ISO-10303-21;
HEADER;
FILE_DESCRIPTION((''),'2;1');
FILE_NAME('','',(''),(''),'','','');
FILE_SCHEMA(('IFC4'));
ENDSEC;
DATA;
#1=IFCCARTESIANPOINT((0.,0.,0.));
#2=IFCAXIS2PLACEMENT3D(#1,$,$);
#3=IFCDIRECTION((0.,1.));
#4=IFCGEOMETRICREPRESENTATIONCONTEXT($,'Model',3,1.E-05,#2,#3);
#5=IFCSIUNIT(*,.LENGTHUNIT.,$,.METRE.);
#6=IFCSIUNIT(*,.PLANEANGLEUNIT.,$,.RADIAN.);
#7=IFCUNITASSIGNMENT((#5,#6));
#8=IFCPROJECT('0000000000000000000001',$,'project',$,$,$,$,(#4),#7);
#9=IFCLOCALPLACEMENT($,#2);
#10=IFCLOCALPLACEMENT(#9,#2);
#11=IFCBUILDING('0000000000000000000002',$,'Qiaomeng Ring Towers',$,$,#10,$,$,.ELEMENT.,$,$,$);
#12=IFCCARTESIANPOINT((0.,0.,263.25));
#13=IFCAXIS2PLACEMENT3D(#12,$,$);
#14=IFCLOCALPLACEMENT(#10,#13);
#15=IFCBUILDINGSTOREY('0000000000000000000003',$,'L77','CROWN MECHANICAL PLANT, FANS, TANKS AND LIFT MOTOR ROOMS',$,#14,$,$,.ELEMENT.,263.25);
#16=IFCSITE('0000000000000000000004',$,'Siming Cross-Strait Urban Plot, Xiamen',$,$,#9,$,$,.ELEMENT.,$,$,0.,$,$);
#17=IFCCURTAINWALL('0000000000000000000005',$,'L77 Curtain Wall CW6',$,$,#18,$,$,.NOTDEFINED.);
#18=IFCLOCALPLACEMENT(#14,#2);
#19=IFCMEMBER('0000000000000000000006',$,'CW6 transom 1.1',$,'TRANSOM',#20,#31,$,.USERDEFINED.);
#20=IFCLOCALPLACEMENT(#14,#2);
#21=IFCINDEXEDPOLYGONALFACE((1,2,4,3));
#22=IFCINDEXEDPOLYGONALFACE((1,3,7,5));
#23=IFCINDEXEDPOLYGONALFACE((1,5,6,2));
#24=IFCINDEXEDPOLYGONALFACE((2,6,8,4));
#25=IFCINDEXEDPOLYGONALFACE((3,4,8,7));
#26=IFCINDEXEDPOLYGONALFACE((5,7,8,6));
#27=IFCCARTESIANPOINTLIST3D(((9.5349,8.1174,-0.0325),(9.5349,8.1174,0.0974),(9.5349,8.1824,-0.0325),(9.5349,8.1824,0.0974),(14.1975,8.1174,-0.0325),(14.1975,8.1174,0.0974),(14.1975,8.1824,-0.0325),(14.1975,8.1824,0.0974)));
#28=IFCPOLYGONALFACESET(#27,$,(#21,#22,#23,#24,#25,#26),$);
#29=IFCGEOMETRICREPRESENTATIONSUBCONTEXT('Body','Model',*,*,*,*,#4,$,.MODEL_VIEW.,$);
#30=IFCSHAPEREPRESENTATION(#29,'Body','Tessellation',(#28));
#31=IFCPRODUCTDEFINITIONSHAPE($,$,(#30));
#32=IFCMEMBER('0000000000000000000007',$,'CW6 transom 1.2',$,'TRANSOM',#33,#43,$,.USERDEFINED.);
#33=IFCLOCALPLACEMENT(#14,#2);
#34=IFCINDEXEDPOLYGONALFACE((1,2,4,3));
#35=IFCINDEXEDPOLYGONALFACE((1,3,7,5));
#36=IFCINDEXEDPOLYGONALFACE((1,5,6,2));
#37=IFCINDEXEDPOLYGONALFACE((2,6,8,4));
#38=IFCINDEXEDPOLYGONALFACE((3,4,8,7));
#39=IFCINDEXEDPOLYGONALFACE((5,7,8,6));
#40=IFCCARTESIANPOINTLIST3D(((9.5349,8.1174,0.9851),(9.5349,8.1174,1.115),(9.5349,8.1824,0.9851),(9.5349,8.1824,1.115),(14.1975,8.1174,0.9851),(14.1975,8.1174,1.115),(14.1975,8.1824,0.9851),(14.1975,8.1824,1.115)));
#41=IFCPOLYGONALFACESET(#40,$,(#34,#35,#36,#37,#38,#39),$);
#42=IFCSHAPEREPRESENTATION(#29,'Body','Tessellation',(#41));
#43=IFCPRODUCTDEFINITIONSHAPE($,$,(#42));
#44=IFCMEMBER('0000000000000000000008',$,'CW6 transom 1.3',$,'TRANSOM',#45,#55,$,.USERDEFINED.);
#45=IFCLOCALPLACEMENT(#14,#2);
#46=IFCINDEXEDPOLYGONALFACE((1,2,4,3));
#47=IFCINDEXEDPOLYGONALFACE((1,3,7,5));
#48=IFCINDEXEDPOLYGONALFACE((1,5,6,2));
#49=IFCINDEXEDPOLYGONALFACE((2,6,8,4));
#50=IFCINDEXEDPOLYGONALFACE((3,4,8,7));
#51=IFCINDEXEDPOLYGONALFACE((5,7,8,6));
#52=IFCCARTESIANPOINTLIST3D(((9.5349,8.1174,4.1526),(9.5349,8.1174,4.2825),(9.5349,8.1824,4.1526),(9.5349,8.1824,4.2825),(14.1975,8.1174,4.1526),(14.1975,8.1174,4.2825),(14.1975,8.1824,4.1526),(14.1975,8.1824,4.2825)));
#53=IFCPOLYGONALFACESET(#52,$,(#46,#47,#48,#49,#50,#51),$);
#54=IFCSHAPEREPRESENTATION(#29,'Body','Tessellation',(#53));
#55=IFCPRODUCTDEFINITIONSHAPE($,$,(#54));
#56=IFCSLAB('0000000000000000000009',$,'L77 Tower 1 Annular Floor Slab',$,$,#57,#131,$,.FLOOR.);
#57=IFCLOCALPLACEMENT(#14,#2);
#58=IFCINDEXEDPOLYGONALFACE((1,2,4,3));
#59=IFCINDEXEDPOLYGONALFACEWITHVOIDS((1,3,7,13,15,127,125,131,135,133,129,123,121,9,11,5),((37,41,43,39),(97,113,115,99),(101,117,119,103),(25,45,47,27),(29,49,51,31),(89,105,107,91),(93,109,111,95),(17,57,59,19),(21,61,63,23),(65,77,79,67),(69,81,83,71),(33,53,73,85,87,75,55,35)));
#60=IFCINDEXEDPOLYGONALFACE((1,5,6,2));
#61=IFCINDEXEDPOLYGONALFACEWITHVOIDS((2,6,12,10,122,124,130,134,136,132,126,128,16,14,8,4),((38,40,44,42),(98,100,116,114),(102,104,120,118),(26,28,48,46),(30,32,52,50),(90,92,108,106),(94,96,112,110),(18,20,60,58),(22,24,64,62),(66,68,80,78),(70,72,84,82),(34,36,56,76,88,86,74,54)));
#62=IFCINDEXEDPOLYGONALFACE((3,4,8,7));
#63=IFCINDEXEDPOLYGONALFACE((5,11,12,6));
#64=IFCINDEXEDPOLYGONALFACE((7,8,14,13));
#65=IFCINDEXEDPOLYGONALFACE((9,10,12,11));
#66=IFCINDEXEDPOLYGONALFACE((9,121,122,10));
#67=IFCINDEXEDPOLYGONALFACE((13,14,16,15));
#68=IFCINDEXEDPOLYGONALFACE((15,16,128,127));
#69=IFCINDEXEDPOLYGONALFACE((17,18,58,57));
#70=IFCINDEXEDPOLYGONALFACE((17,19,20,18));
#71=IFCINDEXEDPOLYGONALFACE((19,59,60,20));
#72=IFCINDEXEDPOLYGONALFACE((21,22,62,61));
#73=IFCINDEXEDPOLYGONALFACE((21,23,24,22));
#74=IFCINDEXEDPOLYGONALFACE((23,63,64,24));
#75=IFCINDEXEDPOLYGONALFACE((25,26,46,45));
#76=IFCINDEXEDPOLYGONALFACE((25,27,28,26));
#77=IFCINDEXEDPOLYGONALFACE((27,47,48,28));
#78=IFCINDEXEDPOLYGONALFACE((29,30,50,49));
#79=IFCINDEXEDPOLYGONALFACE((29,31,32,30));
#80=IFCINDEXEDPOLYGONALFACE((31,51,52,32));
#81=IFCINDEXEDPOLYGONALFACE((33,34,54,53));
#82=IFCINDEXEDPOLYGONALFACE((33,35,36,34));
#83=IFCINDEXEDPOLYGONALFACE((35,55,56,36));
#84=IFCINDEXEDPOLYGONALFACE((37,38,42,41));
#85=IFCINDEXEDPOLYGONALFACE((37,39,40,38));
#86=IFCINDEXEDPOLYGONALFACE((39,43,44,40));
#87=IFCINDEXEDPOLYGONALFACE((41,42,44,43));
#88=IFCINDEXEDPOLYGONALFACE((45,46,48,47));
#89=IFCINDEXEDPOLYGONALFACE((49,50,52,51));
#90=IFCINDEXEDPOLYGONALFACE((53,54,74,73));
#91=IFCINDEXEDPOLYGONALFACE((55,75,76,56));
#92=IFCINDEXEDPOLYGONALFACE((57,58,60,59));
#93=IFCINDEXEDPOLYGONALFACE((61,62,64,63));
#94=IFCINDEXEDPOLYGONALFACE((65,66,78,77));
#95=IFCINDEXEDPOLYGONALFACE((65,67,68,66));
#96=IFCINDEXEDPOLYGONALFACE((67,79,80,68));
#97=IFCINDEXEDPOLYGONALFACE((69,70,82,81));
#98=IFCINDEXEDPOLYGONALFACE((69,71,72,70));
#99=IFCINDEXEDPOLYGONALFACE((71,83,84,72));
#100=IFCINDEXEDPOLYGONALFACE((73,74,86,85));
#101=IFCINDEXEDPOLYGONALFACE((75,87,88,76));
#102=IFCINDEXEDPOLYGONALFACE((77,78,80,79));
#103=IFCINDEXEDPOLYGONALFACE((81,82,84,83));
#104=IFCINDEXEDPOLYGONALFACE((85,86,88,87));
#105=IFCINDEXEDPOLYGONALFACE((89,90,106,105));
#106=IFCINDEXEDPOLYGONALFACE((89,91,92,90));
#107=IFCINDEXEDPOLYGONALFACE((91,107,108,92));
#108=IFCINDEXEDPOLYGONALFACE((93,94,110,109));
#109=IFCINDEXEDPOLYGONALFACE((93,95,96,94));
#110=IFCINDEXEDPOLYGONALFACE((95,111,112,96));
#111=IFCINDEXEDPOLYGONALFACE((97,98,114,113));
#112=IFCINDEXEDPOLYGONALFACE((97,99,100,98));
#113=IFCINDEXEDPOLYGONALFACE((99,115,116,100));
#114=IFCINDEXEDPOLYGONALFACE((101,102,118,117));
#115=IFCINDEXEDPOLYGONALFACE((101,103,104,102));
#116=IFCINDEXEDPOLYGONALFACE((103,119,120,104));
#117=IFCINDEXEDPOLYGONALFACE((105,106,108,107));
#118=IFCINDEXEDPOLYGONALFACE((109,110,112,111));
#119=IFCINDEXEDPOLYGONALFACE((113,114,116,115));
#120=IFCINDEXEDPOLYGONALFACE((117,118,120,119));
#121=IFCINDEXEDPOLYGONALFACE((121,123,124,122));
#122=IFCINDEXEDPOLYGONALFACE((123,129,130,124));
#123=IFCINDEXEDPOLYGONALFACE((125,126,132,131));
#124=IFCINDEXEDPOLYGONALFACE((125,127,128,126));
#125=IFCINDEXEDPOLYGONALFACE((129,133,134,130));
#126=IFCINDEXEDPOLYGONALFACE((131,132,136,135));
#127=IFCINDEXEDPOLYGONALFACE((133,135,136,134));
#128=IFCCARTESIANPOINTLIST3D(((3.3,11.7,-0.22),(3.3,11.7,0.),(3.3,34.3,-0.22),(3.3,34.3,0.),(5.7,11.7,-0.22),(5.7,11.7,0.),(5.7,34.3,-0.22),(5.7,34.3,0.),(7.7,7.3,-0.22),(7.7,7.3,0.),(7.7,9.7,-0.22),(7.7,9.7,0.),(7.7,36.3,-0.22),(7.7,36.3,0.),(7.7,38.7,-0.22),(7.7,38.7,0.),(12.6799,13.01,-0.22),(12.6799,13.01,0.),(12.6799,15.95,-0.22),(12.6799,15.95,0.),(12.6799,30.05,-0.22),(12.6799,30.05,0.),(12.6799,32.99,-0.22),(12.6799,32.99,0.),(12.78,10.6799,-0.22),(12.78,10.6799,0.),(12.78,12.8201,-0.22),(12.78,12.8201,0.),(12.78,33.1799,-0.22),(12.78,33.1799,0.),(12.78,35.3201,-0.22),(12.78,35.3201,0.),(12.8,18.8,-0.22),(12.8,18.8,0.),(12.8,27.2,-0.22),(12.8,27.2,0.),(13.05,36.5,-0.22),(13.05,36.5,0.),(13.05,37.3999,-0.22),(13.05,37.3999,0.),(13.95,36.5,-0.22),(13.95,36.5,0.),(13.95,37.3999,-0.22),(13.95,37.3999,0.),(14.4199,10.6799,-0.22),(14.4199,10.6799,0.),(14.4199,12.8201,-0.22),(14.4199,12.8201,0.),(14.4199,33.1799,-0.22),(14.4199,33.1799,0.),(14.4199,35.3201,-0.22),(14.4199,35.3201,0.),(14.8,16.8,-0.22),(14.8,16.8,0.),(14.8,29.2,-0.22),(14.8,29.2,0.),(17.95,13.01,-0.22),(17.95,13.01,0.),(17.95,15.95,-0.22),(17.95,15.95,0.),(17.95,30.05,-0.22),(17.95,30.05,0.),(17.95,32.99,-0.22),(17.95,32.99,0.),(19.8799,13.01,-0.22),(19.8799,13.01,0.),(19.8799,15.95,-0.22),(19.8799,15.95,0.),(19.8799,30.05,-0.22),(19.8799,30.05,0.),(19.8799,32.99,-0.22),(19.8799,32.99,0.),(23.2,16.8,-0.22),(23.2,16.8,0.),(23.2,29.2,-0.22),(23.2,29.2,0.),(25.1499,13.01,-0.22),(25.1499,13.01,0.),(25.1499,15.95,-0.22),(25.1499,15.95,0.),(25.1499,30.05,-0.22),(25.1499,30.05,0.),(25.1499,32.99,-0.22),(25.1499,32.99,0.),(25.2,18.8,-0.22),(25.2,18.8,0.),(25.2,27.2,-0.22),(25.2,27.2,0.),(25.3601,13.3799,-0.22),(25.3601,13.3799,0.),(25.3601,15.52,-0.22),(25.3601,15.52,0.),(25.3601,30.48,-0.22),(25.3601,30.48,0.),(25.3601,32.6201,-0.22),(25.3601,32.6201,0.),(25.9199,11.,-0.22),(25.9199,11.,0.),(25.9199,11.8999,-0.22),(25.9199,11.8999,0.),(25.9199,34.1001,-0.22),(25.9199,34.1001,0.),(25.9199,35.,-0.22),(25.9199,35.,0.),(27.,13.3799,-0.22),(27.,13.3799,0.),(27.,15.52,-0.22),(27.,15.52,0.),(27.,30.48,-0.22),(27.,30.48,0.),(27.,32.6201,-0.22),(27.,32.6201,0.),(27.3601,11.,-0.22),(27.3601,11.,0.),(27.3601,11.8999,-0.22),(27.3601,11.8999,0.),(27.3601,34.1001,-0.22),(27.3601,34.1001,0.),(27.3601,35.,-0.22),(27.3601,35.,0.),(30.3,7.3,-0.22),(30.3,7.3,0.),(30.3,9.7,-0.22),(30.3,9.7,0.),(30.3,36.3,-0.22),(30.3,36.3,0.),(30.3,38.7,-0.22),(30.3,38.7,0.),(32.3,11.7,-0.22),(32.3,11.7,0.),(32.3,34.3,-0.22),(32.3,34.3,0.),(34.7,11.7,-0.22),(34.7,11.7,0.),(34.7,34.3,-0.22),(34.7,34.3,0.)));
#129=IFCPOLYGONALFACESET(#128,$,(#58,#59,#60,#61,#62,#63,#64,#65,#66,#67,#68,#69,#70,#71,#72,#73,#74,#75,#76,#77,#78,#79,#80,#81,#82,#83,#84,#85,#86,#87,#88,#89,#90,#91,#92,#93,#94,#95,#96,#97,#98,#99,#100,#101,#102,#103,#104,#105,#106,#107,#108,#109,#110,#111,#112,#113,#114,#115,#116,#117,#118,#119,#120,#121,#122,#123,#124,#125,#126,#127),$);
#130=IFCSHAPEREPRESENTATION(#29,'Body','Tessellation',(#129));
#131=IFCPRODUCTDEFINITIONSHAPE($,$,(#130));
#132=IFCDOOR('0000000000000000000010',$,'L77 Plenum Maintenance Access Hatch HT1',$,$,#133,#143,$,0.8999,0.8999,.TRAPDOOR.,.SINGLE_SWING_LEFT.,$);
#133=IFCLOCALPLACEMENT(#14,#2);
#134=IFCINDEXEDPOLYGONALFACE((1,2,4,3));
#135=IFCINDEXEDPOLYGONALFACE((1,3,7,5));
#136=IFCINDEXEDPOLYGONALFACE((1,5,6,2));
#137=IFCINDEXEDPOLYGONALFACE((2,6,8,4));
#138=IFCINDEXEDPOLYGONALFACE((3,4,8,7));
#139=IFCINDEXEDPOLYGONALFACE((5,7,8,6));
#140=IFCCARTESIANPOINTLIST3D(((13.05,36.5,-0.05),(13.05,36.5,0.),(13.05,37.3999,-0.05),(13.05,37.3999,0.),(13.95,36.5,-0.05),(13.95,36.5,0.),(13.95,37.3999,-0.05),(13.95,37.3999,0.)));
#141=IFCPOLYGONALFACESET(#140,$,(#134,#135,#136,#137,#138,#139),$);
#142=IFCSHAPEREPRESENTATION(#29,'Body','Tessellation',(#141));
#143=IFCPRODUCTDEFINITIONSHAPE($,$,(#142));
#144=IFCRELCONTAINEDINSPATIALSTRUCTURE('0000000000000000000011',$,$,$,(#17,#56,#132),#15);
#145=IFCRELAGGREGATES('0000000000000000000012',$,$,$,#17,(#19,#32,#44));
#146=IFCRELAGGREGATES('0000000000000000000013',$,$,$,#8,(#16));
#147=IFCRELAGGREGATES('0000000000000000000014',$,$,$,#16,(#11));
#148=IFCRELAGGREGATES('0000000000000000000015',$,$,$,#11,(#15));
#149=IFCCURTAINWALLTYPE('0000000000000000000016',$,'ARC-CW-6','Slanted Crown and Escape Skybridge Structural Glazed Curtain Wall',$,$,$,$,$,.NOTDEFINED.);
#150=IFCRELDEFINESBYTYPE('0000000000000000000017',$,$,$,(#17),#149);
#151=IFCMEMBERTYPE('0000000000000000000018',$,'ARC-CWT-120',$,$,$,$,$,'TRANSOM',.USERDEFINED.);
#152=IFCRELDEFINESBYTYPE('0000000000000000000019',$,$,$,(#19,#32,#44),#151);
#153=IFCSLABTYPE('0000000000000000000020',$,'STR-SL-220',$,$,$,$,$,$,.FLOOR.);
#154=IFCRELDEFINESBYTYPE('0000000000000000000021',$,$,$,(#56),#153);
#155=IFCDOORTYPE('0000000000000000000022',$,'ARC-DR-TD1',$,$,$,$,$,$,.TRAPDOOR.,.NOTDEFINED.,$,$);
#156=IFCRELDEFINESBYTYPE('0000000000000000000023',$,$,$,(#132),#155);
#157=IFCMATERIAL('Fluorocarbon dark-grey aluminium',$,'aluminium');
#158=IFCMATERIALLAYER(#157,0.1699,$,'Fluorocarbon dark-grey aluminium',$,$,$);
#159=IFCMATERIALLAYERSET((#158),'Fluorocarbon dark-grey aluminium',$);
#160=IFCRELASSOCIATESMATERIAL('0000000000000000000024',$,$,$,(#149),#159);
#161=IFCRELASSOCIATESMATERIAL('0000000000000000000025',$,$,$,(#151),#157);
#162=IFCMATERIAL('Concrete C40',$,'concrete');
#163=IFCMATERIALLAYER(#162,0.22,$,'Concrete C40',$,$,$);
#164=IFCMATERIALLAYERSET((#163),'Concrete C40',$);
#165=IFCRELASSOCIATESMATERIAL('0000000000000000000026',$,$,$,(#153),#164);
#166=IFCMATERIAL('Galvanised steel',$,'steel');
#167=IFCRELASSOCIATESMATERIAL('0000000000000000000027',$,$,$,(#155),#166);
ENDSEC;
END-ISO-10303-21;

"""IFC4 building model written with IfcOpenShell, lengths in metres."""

from ifc_helpers import new_model, si_unit, direction, frame, origin, origin_2d, place, context, subcontext, project, spatial, polyline, rectangle, outline, extrude, source, transform, mapped, material, layer, layer_set, material_profile, profile_set, type_object, element, fill, aggregate, save


model = new_model("IFC4")

# Units and contexts
model_context = context("Model", 3, precision=1e-05, world=origin(), true_north=direction((0.0, 1.0)))
body_context = subcontext(model_context, "Body", "Model", "MODEL_VIEW")
ifc_project = project(units=[si_unit("LENGTHUNIT", "METRE"), si_unit("PLANEANGLEUNIT", "RADIAN")], contexts=[model_context])

# Site, building, storey
site_placement = place(None, origin())
site = spatial("IfcSite", under=ifc_project, at=site_placement, Name="Siming Cross-Strait Urban Plot, Xiamen", CompositionType="ELEMENT", RefElevation=0.0)
building_placement = place(site_placement, origin())
building = spatial("IfcBuilding", under=site, at=building_placement, Name="Qiaomeng Ring Towers", CompositionType="ELEMENT")
storey_placement = place(building_placement, frame((0.0, 0.0, 263.25)))
storey = spatial("IfcBuildingStorey", under=building, at=storey_placement, Name="L77", Description="CROWN MECHANICAL PLANT, FANS, TANKS AND LIFT MOTOR ROOMS", CompositionType="ELEMENT", Elevation=263.25)

# Shared definitions
ifc_material_1 = material(Name="Concrete C40", Category="concrete")

# Curtain wall, members
ifc_material_2 = material(Name="Fluorocarbon dark-grey aluminium", Category="aluminium")
ifc_layer_1 = layer(ifc_material_2, 0.1699, Name="Fluorocarbon dark-grey aluminium")
ifc_layer_set_1 = layer_set([ifc_layer_1], Name="Fluorocarbon dark-grey aluminium")
curtain_wall_type = type_object("IfcCurtainWallType", Name="ARC-CW-6", Description="Slanted Crown and Escape Skybridge Structural Glazed Curtain Wall", PredefinedType="NOTDEFINED", material=ifc_layer_set_1)
curtain_wall_placement = place(storey_placement, origin())
curtain_wall = element("IfcCurtainWall", 1, at=curtain_wall_placement, inside=storey, type_object=curtain_wall_type, Name="L77 Curtain Wall CW6", PredefinedType="NOTDEFINED")
ifc_material_profile_1 = material_profile(ifc_material_2, rectangle(XDim=0.0649, YDim=0.1299, at=origin_2d()), Name="ALU TRAN 65x130")
ifc_profile_set_1 = profile_set([ifc_material_profile_1], Name="Fluorocarbon dark-grey aluminium")
member_type_1 = type_object("IfcMemberType", Name="ARC-CWT-120", ElementType="TRANSOM", PredefinedType="USERDEFINED", material=ifc_profile_set_1)
shared_shape_1 = source(origin(), body_context, "Body", "SweptSolid", [
    extrude(rectangle(XDim=0.0649, YDim=0.1299, at=origin_2d()), origin(), (0.0, 0.0, 1.0), 4.6626),
])
member_1_placement = place(storey_placement, frame((9.5349, 8.1499, 0.0325), z_axis=(1.0, 0.0, 0.0), x_axis=(0.0, 1.0, 0.0)))
member_1 = element("IfcMember", 2, at=member_1_placement, type_object=member_type_1, Name="CW6 transom 1.1", ObjectType="TRANSOM", PredefinedType="USERDEFINED", context=body_context, shape_type="MappedRepresentation", body=[
    mapped(shared_shape_1, transform((0.0, 0.0, 0.0), x_axis=(1.0, 0.0, 0.0), y_axis=(0.0, 1.0, 0.0), z_axis=(0.0, 0.0, 1.0), scale=1.0)),
])
member_2_placement = place(storey_placement, frame((9.5349, 8.1499, 1.05), z_axis=(1.0, 0.0, 0.0), x_axis=(0.0, 1.0, 0.0)))
member_2 = element("IfcMember", 3, at=member_2_placement, type_object=member_type_1, Name="CW6 transom 1.2", ObjectType="TRANSOM", PredefinedType="USERDEFINED", context=body_context, shape_type="MappedRepresentation", body=[
    mapped(shared_shape_1, transform((0.0, 0.0, 0.0), x_axis=(1.0, 0.0, 0.0), y_axis=(0.0, 1.0, 0.0), z_axis=(0.0, 0.0, 1.0), scale=1.0)),
])
member_3_placement = place(storey_placement, frame((9.5349, 8.1499, 4.2175), z_axis=(1.0, 0.0, 0.0), x_axis=(0.0, 1.0, 0.0)))
member_3 = element("IfcMember", 4, at=member_3_placement, type_object=member_type_1, Name="CW6 transom 1.3", ObjectType="TRANSOM", PredefinedType="USERDEFINED", context=body_context, shape_type="MappedRepresentation", body=[
    mapped(shared_shape_1, transform((0.0, 0.0, 0.0), x_axis=(1.0, 0.0, 0.0), y_axis=(0.0, 1.0, 0.0), z_axis=(0.0, 0.0, 1.0), scale=1.0)),
])
aggregate(curtain_wall, [member_1, member_2, member_3])

# Slab, opening, door
ifc_layer_2 = layer(ifc_material_1, 0.22, Name="Concrete C40")
ifc_layer_set_2 = layer_set([ifc_layer_2], Name="Concrete C40")
slab_type = type_object("IfcSlabType", Name="STR-SL-220", PredefinedType="FLOOR", material=ifc_layer_set_2)
slab_placement = place(storey_placement, frame((0.0, 0.0, -0.22)))
slab = element("IfcSlab", 5, at=slab_placement, inside=storey, type_object=slab_type, Name="L77 Tower 1 Annular Floor Slab", PredefinedType="FLOOR", context=body_context, shape_type="SweptSolid", body=[
    extrude(outline(polyline([(7.7, 7.3), (30.3, 7.3), (30.3, 9.7), (32.3, 11.7), (34.7, 11.7), (34.7, 34.3), (32.3, 34.3), (30.3, 36.3), (30.3, 38.7), (7.7, 38.7), (7.7, 36.3), (5.7, 34.3), (3.3, 34.3), (3.3, 11.7), (5.7, 11.7), (7.7, 9.7), (7.7, 7.3)]), holes=[polyline([(12.78, 10.6799), (12.78, 12.8201), (14.4199, 12.8201), (14.4199, 10.6799), (12.78, 10.6799)]), polyline([(12.6799, 13.01), (12.6799, 15.95), (17.95, 15.95), (17.95, 13.01), (12.6799, 13.01)]), polyline([(23.2, 29.2), (25.2, 27.2), (25.2, 18.8), (23.2, 16.8), (14.8, 16.8), (12.8, 18.8), (12.8, 27.2), (14.8, 29.2), (23.2, 29.2)]), polyline([(12.6799, 32.99), (17.95, 32.99), (17.95, 30.05), (12.6799, 30.05), (12.6799, 32.99)]), polyline([(19.8799, 32.99), (25.1499, 32.99), (25.1499, 30.05), (19.8799, 30.05), (19.8799, 32.99)]), polyline([(12.78, 33.1799), (12.78, 35.3201), (14.4199, 35.3201), (14.4199, 33.1799), (12.78, 33.1799)]), polyline([(25.9199, 11.8999), (27.3601, 11.8999), (27.3601, 11.0), (25.9199, 11.0), (25.9199, 11.8999)]), polyline([(25.3601, 15.52), (27.0, 15.52), (27.0, 13.3799), (25.3601, 13.3799), (25.3601, 15.52)]), polyline([(19.8799, 13.01), (19.8799, 15.95), (25.1499, 15.95), (25.1499, 13.01), (19.8799, 13.01)]), polyline([(25.3601, 32.6201), (27.0, 32.6201), (27.0, 30.48), (25.3601, 30.48), (25.3601, 32.6201)]), polyline([(25.9199, 35.0), (27.3601, 35.0), (27.3601, 34.1001), (25.9199, 34.1001), (25.9199, 35.0)])]), origin(), (0.0, 0.0, 1.0), 0.22),
])
opening_1_placement = place(slab_placement, frame((13.5, 36.95, 0.0)))
opening_1 = element("IfcOpeningElement", 6, at=opening_1_placement, cuts=slab, PredefinedType="OPENING", context=body_context, shape_type="SweptSolid", body=[
    extrude(rectangle(XDim=0.8999, YDim=0.8999, at=origin_2d()), frame((0.0, 0.0, -0.01)), (0.0, 0.0, 1.0), 0.24),
])
ifc_material_3 = material(Name="Galvanised steel", Category="steel")
door_type_1 = type_object("IfcDoorType", Name="ARC-DR-TD1", OperationType="NOTDEFINED", PredefinedType="TRAPDOOR", material=ifc_material_3)
door_1_placement = place(opening_1_placement, frame((0.0, 0.0, 0.1699)))
door_1 = element("IfcDoor", 7, at=door_1_placement, inside=storey, type_object=door_type_1, Name="L77 Plenum Maintenance Access Hatch HT1", OperationType="SINGLE_SWING_LEFT", OverallHeight=0.8999, OverallWidth=0.8999, PredefinedType="TRAPDOOR", context=body_context, shape_type="SweptSolid", body=[
    extrude(rectangle(XDim=0.8999, YDim=0.8999, at=origin_2d()), origin(), (0.0, 0.0, 1.0), 0.05),
])
fill(opening_1, door_1)

save(model, "model.ifc")
